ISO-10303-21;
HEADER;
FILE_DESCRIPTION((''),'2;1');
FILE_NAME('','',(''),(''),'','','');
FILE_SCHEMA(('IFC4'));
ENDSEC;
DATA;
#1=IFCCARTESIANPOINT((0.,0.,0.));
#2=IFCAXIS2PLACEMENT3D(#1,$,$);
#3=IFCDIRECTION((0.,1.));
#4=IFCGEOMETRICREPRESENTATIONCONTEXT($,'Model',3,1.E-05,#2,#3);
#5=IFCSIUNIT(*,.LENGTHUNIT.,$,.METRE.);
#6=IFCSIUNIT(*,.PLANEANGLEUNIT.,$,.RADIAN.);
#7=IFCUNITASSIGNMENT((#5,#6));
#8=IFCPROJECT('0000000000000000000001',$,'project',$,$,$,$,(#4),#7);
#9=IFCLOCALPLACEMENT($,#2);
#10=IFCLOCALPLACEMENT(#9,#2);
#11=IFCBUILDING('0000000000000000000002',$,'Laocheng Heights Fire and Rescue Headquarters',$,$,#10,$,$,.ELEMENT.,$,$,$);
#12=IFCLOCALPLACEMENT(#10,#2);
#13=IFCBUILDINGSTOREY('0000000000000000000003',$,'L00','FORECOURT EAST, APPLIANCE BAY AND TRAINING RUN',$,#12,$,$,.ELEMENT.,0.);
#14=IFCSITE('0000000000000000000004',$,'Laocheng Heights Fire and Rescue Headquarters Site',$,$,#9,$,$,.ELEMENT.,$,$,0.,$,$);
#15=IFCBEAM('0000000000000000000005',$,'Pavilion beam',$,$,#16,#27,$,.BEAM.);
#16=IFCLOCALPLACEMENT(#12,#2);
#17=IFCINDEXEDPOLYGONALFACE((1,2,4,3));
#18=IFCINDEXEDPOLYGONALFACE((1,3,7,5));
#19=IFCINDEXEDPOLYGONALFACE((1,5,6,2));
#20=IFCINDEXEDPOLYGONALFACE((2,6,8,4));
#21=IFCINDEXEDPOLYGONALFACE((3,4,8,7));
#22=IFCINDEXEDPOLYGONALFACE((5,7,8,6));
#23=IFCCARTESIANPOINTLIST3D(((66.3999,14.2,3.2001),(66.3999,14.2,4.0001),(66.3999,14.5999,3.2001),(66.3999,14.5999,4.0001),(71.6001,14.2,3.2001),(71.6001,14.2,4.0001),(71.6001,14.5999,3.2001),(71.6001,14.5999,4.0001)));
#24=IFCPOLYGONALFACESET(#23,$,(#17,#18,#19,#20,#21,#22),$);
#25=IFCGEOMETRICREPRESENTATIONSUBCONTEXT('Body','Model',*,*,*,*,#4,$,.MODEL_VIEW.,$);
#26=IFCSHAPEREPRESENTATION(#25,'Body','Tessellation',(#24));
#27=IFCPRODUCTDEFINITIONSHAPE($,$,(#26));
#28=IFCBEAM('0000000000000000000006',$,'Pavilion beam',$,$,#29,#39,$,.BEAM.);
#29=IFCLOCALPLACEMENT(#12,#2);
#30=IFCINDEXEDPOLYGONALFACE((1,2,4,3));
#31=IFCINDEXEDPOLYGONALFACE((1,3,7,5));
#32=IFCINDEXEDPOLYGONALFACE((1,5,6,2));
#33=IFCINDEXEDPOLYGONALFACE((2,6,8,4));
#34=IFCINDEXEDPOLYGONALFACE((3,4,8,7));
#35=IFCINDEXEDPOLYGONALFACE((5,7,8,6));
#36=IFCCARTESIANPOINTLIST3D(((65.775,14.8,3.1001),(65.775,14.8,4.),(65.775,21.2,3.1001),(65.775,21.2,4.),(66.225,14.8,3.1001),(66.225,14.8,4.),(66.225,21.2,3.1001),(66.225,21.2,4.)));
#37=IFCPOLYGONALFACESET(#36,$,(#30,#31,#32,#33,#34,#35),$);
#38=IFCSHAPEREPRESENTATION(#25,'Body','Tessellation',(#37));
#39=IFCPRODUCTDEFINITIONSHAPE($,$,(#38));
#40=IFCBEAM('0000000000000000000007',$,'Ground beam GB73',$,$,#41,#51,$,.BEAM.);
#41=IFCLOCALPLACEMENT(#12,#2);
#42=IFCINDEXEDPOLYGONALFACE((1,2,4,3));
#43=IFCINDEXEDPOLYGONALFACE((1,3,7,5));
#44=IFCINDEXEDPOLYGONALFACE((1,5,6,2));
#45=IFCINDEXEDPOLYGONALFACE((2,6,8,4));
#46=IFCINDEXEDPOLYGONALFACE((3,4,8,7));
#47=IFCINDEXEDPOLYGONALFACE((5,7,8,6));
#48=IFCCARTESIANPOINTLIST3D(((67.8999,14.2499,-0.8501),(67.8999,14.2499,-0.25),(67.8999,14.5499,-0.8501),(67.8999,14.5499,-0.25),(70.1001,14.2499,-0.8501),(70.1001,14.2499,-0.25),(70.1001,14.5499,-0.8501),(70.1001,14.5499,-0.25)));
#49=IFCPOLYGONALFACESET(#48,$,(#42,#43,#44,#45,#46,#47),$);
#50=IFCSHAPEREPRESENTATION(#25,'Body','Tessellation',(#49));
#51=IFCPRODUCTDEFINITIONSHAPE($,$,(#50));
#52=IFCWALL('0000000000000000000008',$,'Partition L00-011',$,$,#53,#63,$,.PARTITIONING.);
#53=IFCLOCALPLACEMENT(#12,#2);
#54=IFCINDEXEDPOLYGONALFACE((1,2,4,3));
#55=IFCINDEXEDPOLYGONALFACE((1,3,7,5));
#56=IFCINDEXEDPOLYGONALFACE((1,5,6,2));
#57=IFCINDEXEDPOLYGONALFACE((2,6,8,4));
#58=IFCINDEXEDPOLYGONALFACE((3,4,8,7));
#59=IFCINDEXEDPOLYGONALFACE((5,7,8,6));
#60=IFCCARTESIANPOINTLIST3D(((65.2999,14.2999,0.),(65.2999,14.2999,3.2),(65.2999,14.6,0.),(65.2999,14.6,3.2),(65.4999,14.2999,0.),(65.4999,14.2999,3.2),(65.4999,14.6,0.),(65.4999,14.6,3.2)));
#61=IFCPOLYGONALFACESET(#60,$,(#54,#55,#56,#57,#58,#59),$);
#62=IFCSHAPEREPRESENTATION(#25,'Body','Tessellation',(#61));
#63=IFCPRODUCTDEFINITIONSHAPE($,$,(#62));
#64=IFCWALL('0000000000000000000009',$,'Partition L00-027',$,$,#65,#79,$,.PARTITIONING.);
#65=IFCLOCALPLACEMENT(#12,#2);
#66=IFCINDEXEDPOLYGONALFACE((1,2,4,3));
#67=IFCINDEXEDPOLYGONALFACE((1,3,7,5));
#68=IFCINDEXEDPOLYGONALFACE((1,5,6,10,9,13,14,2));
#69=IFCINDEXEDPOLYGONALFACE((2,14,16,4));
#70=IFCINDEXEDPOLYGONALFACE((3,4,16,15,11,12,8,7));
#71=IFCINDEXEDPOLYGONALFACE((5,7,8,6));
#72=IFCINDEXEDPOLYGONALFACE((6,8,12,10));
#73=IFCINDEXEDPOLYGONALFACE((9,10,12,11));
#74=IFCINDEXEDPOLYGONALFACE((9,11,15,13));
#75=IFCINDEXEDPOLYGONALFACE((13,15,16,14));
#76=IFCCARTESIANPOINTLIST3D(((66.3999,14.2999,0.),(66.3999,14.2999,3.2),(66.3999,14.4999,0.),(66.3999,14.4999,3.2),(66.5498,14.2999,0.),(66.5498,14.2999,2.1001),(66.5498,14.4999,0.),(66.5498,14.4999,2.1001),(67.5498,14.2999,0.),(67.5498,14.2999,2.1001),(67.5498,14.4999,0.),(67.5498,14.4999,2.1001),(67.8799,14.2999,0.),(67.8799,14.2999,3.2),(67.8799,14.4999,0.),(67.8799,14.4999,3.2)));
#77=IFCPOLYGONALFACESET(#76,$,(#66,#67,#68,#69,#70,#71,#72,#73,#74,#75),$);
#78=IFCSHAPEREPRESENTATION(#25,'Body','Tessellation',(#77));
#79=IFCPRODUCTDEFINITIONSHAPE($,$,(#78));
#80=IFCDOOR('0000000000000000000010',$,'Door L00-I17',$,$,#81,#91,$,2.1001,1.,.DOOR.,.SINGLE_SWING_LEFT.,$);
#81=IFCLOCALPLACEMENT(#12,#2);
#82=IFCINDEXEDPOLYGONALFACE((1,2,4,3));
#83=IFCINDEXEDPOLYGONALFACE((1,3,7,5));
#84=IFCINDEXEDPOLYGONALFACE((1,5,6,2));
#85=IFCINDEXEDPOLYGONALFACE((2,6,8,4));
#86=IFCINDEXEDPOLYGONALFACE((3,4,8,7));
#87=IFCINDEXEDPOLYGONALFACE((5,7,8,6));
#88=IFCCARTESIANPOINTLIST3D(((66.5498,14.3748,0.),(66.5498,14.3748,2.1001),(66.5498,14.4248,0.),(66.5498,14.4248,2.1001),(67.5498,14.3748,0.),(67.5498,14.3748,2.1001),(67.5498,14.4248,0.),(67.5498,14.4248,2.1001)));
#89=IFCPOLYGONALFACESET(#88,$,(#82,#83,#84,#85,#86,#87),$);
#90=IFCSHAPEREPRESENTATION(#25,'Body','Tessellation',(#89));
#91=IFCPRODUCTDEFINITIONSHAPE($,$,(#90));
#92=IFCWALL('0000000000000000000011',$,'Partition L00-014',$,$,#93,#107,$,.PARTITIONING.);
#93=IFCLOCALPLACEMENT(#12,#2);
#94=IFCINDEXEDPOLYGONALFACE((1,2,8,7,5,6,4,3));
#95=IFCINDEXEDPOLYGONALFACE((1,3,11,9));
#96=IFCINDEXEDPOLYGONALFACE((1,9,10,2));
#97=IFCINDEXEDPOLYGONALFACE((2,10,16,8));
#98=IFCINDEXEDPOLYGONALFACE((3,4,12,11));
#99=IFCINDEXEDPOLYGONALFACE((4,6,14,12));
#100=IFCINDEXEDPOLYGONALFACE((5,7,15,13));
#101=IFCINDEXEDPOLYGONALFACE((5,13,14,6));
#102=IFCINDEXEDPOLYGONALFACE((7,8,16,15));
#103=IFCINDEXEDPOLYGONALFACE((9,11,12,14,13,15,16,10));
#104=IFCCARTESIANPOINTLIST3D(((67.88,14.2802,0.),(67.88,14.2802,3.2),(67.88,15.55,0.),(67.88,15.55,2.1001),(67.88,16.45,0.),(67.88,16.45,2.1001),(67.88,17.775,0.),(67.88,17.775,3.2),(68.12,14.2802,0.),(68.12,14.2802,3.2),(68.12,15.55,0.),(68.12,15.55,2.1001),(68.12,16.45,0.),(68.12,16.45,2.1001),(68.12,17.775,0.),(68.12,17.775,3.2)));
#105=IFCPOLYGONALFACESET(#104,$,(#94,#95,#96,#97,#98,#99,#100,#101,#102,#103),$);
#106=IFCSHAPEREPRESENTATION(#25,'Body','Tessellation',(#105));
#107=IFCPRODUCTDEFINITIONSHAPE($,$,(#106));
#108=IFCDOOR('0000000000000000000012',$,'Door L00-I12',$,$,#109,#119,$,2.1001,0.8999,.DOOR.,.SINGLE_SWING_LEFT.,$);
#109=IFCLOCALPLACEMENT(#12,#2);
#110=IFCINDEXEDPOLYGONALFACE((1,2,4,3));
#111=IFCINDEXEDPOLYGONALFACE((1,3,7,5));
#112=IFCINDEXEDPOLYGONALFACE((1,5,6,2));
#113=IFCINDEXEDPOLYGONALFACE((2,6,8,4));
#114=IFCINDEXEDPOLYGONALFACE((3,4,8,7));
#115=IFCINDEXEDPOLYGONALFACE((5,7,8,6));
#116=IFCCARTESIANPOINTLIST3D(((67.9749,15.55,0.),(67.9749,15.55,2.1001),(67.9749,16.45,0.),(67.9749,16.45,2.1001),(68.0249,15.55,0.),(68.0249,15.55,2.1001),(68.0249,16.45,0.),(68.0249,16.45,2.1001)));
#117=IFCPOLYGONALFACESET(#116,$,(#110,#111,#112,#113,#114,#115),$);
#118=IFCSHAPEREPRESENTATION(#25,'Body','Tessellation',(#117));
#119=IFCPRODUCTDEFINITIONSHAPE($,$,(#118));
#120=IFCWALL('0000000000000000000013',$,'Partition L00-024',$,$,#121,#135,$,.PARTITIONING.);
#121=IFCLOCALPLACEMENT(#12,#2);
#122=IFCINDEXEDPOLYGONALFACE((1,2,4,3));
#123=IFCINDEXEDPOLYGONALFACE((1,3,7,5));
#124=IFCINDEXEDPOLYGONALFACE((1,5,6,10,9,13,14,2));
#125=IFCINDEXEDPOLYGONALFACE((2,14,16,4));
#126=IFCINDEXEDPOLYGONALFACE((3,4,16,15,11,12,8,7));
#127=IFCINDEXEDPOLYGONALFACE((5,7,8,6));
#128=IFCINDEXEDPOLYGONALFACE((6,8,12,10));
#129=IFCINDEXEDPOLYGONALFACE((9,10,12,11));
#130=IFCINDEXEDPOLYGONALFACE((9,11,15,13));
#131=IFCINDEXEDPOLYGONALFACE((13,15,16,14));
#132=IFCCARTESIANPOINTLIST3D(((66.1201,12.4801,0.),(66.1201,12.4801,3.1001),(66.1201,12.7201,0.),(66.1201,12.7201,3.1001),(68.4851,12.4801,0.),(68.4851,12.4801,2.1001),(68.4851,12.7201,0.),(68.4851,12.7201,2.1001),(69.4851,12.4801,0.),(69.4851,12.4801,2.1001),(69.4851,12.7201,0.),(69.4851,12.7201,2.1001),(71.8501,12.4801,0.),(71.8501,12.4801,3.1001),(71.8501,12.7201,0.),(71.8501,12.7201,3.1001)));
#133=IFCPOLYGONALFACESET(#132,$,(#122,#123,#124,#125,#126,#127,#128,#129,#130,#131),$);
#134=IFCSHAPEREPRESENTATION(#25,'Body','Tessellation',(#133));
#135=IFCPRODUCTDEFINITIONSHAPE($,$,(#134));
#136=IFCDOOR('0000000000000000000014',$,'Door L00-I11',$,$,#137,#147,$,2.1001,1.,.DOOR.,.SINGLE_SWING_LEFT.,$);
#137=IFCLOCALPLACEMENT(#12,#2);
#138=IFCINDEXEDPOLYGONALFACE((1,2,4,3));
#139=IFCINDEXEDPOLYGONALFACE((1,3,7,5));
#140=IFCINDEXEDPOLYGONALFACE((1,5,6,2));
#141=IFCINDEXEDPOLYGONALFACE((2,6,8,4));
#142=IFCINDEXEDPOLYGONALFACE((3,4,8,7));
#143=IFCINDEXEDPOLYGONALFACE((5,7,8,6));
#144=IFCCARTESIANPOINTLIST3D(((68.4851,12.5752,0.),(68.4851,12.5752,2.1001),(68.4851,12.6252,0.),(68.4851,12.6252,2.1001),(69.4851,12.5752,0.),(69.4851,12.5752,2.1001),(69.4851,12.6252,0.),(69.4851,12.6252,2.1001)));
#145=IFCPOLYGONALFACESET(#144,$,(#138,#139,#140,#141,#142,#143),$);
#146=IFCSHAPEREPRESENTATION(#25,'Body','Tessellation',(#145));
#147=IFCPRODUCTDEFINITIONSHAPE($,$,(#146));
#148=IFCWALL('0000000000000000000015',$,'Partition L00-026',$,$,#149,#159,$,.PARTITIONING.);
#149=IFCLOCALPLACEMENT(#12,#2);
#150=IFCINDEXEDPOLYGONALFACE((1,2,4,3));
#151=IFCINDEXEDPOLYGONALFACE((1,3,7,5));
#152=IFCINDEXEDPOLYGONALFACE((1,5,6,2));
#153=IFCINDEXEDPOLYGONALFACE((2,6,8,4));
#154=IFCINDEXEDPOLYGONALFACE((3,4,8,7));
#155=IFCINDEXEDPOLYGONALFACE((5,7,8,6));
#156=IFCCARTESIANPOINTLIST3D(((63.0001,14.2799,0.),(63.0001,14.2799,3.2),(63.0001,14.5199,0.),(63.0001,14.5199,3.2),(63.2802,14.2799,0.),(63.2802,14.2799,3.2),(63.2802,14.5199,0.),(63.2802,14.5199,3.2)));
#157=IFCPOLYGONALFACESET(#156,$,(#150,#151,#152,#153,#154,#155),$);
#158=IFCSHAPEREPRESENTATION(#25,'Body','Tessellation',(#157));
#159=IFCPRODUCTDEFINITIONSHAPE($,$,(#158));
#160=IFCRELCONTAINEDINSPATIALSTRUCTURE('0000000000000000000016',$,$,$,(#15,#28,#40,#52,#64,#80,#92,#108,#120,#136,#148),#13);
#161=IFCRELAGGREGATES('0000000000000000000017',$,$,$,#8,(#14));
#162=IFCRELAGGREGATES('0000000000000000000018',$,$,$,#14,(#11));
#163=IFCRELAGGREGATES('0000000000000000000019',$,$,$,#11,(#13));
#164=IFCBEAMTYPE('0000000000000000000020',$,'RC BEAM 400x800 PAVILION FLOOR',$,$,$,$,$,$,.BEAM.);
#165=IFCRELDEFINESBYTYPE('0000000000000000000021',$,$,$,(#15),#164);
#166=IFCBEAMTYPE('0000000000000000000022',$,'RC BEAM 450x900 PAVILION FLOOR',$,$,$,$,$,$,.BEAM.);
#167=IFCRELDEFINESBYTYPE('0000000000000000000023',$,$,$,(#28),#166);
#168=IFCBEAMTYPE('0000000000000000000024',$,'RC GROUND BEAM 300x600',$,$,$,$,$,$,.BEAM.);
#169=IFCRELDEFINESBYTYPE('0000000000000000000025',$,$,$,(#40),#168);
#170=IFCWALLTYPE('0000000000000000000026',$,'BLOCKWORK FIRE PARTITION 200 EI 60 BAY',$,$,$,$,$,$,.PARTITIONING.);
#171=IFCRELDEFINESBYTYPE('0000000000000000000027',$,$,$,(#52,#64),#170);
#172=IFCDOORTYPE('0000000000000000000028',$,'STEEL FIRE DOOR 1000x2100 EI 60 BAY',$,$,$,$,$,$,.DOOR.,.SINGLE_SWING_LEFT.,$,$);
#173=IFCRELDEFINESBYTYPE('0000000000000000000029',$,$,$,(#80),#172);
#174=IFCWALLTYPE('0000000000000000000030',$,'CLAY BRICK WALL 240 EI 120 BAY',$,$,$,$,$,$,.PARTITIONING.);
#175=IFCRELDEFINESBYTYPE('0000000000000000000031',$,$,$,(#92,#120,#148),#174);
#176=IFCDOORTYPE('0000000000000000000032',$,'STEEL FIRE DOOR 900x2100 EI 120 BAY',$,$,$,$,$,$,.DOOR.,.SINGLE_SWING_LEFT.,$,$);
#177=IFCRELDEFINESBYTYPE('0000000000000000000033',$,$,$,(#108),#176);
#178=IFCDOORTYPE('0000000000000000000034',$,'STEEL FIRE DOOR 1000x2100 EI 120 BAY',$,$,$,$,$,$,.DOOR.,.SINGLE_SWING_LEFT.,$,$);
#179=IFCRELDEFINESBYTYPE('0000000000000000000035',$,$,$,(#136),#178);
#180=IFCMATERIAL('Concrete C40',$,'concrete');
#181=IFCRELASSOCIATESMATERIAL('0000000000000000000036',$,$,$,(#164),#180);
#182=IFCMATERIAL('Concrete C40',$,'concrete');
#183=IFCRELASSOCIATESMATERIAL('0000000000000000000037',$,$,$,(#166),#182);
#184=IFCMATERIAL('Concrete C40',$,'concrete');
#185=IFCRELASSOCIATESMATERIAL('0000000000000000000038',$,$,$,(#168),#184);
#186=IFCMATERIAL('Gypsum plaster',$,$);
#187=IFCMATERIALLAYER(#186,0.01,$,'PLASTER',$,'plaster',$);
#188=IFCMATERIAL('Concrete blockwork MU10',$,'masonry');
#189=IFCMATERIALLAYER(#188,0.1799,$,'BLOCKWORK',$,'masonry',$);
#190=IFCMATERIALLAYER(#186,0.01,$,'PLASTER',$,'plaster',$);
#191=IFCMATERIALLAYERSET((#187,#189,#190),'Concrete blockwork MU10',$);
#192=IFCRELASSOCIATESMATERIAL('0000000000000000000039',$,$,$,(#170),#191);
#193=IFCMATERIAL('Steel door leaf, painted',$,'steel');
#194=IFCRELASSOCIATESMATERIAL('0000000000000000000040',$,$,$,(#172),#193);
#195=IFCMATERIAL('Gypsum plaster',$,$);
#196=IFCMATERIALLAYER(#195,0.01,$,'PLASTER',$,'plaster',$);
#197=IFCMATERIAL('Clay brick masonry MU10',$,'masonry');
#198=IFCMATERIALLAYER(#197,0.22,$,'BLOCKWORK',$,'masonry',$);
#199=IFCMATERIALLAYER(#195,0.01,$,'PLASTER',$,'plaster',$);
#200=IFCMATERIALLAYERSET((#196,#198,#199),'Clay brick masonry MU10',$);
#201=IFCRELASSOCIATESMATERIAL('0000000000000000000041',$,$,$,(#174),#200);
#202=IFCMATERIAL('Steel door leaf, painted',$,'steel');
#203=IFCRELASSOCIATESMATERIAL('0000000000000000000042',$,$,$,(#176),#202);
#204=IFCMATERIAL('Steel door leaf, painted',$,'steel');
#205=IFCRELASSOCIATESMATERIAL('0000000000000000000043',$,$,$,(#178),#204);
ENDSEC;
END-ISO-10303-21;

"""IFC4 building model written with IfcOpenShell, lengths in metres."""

from ifc_helpers import new_model, si_unit, direction, frame, frame_2d, origin, origin_2d, place, context, subcontext, project, spatial, rectangle, extrude, material, layer, layer_set, material_profile, profile_set, type_object, element, fill, save


model = new_model("IFC4")

# Units and contexts
model_context = context("Model", 3, precision=1e-05, world=origin(), true_north=direction((0.0, 1.0)))
body_context = subcontext(model_context, "Body", "Model", "MODEL_VIEW")
ifc_project = project(units=[si_unit("LENGTHUNIT", "METRE"), si_unit("PLANEANGLEUNIT", "RADIAN")], contexts=[model_context])

# Site, building, storey
site_placement = place(None, origin())
site = spatial("IfcSite", under=ifc_project, at=site_placement, Name="Laocheng Heights Fire and Rescue Headquarters Site", CompositionType="ELEMENT", RefElevation=0.0)
building_placement = place(site_placement, origin())
building = spatial("IfcBuilding", under=site, at=building_placement, Name="Laocheng Heights Fire and Rescue Headquarters", CompositionType="ELEMENT")
storey_placement = place(building_placement, origin())
storey = spatial("IfcBuildingStorey", under=building, at=storey_placement, Name="L00", Description="FORECOURT EAST, APPLIANCE BAY AND TRAINING RUN", CompositionType="ELEMENT", Elevation=0.0)

# Beams
ifc_material_1 = material(Name="Concrete C40", Category="concrete")
ifc_material_profile_1 = material_profile(ifc_material_1, rectangle(XDim=0.3999, YDim=0.8, at=origin_2d()), Name="RC BEAM 400x800 PAVILION FLOOR")
ifc_profile_set_1 = profile_set([ifc_material_profile_1], Name="Concrete C40")
beam_type_1 = type_object("IfcBeamType", Name="RC BEAM 400x800 PAVILION FLOOR", PredefinedType="BEAM", material=ifc_profile_set_1)
beam_1_placement = place(storey_placement, frame((66.3999, 14.3999, 3.6001), z_axis=(1.0, 0.0, 0.0), x_axis=(0.0, 1.0, 0.0)))
element("IfcBeam", 1, at=beam_1_placement, inside=storey, type_object=beam_type_1, Name="Pavilion beam", PredefinedType="BEAM", context=body_context, shape_type="SweptSolid", body=[
    extrude(rectangle(XDim=0.3999, YDim=0.8, at=origin_2d()), origin(), (0.0, 0.0, 1.0), 5.2002),
])
ifc_material_2 = material(Name="Concrete C40", Category="concrete")
ifc_material_profile_2 = material_profile(ifc_material_2, rectangle(XDim=0.45, YDim=0.8999, at=origin_2d()), Name="RC BEAM 450x900 PAVILION FLOOR")
ifc_profile_set_2 = profile_set([ifc_material_profile_2], Name="Concrete C40")
beam_type_2 = type_object("IfcBeamType", Name="RC BEAM 450x900 PAVILION FLOOR", PredefinedType="BEAM", material=ifc_profile_set_2)
beam_2_placement = place(storey_placement, frame((66.0, 14.8, 3.55), z_axis=(0.0, 1.0, 0.0), x_axis=(-1.0, 0.0, 0.0)))
element("IfcBeam", 2, at=beam_2_placement, inside=storey, type_object=beam_type_2, Name="Pavilion beam", PredefinedType="BEAM", context=body_context, shape_type="SweptSolid", body=[
    extrude(rectangle(XDim=0.45, YDim=0.8999, at=origin_2d()), origin(), (0.0, 0.0, 1.0), 6.3999),
])
ifc_material_3 = material(Name="Concrete C40", Category="concrete")
ifc_material_profile_3 = material_profile(ifc_material_3, rectangle(XDim=0.3, YDim=0.6001, at=origin_2d()), Name="RC GROUND BEAM 300x600")
ifc_profile_set_3 = profile_set([ifc_material_profile_3], Name="Concrete C40")
beam_type_3 = type_object("IfcBeamType", Name="RC GROUND BEAM 300x600", PredefinedType="BEAM", material=ifc_profile_set_3)
beam_3_placement = place(storey_placement, frame((67.8999, 14.3999, -0.55), z_axis=(1.0, 0.0, 0.0), x_axis=(0.0, 1.0, 0.0)))
element("IfcBeam", 3, at=beam_3_placement, inside=storey, type_object=beam_type_3, Name="Ground beam GB73", PredefinedType="BEAM", context=body_context, shape_type="SweptSolid", body=[
    extrude(rectangle(XDim=0.3, YDim=0.6001, at=origin_2d()), origin(), (0.0, 0.0, 1.0), 2.2002),
])

# Wall
ifc_material_4 = material(Name="Gypsum plaster")
ifc_layer_1 = layer(ifc_material_4, 0.01, Name="PLASTER", Category="plaster")
ifc_material_5 = material(Name="Concrete blockwork MU10", Category="masonry")
ifc_layer_2 = layer(ifc_material_5, 0.1799, Name="BLOCKWORK", Category="masonry")
ifc_layer_3 = layer(ifc_material_4, 0.01, Name="PLASTER", Category="plaster")
ifc_layer_set_1 = layer_set([ifc_layer_1, ifc_layer_2, ifc_layer_3], Name="Concrete blockwork MU10")
wall_type_1 = type_object("IfcWallType", Name="BLOCKWORK FIRE PARTITION 200 EI 60 BAY", PredefinedType="PARTITIONING", material=ifc_layer_set_1)
wall_1_placement = place(storey_placement, frame((65.3999, 14.3, 0.0), z_axis=(0.0, 0.0, 1.0), x_axis=(0.0, 1.0, 0.0)))
element("IfcWall", 4, at=wall_1_placement, inside=storey, type_object=wall_type_1, Name="Partition L00-011", PredefinedType="PARTITIONING", context=body_context, shape_type="SweptSolid", body=[
    extrude(rectangle(XDim=0.3, YDim=0.2, at=frame_2d((0.1499, 0.0))), origin(), (0.0, 0.0, 1.0), 3.2),
])

# Wall, opening, door
wall_2_placement = place(storey_placement, frame((66.3999, 14.3999, 0.0), z_axis=(0.0, 0.0, 1.0), x_axis=(1.0, 0.0, 0.0)))
wall_2 = element("IfcWall", 5, at=wall_2_placement, inside=storey, type_object=wall_type_1, Name="Partition L00-027", PredefinedType="PARTITIONING", context=body_context, shape_type="SweptSolid", body=[
    extrude(rectangle(XDim=1.48, YDim=0.2, at=frame_2d((0.74, 0.0))), origin(), (0.0, 0.0, 1.0), 3.2),
])
opening_1_placement = place(wall_2_placement, frame((0.1499, 0.0, 0.0)))
opening_1 = element("IfcOpeningElement", 6, at=opening_1_placement, cuts=wall_2, PredefinedType="OPENING", context=body_context, shape_type="SweptSolid", body=[
    extrude(rectangle(XDim=1.0, YDim=2.1001, at=frame_2d((0.5, 1.05))), frame((0.0, 0.1099, 0.0), z_axis=(0.0, -1.0, 0.0), x_axis=(1.0, 0.0, 0.0)), (0.0, 0.0, 1.0), 0.22),
])
ifc_material_6 = material(Name="Steel door leaf, painted", Category="steel")
door_type_1 = type_object("IfcDoorType", Name="STEEL FIRE DOOR 1000x2100 EI 60 BAY", OperationType="SINGLE_SWING_LEFT", PredefinedType="DOOR", material=ifc_material_6)
door_1_placement = place(opening_1_placement, origin())
door_1 = element("IfcDoor", 7, at=door_1_placement, inside=storey, type_object=door_type_1, Name="Door L00-I17", OperationType="SINGLE_SWING_LEFT", OverallHeight=2.1001, OverallWidth=1.0, PredefinedType="DOOR", context=body_context, shape_type="SweptSolid", body=[
    extrude(rectangle(XDim=1.0, YDim=2.1001, at=frame_2d((0.5, 1.05))), frame((0.0, 0.0249, 0.0), z_axis=(0.0, -1.0, 0.0), x_axis=(1.0, 0.0, 0.0)), (0.0, 0.0, 1.0), 0.05),
])
fill(opening_1, door_1)

# Shared definitions
ifc_material_7 = material(Name="Gypsum plaster")
ifc_layer_4 = layer(ifc_material_7, 0.01, Name="PLASTER", Category="plaster")
ifc_material_8 = material(Name="Clay brick masonry MU10", Category="masonry")
ifc_layer_5 = layer(ifc_material_8, 0.22, Name="BLOCKWORK", Category="masonry")
ifc_layer_6 = layer(ifc_material_7, 0.01, Name="PLASTER", Category="plaster")
ifc_layer_set_2 = layer_set([ifc_layer_4, ifc_layer_5, ifc_layer_6], Name="Clay brick masonry MU10")
wall_type_2 = type_object("IfcWallType", Name="CLAY BRICK WALL 240 EI 120 BAY", PredefinedType="PARTITIONING", material=ifc_layer_set_2)

# Walls, openings, doors
wall_3_placement = place(storey_placement, frame((68.0, 14.28, 0.0), z_axis=(0.0, 0.0, 1.0), x_axis=(0.0, 1.0, 0.0)))
wall_3 = element("IfcWall", 8, at=wall_3_placement, inside=storey, type_object=wall_type_2, Name="Partition L00-014", PredefinedType="PARTITIONING", context=body_context, shape_type="SweptSolid", body=[
    extrude(rectangle(XDim=3.4949, YDim=0.24, at=frame_2d((1.7476, 0.0))), origin(), (0.0, 0.0, 1.0), 3.2),
])
opening_2_placement = place(wall_3_placement, frame((1.27, 0.0, 0.0)))
opening_2 = element("IfcOpeningElement", 9, at=opening_2_placement, cuts=wall_3, PredefinedType="OPENING", context=body_context, shape_type="SweptSolid", body=[
    extrude(rectangle(XDim=0.8999, YDim=2.1001, at=frame_2d((0.45, 1.05))), frame((0.0, 0.1299, 0.0), z_axis=(0.0, -1.0, 0.0), x_axis=(1.0, 0.0, 0.0)), (0.0, 0.0, 1.0), 0.26),
])
ifc_material_9 = material(Name="Steel door leaf, painted", Category="steel")
door_type_2 = type_object("IfcDoorType", Name="STEEL FIRE DOOR 900x2100 EI 120 BAY", OperationType="SINGLE_SWING_LEFT", PredefinedType="DOOR", material=ifc_material_9)
door_2_placement = place(opening_2_placement, frame((0.8999, 0.0, 0.0), z_axis=(0.0, 0.0, 1.0), x_axis=(-1.0, 0.0, 0.0)))
door_2 = element("IfcDoor", 10, at=door_2_placement, inside=storey, type_object=door_type_2, Name="Door L00-I12", OperationType="SINGLE_SWING_LEFT", OverallHeight=2.1001, OverallWidth=0.8999, PredefinedType="DOOR", context=body_context, shape_type="SweptSolid", body=[
    extrude(rectangle(XDim=0.8999, YDim=2.1001, at=frame_2d((0.45, 1.05))), frame((0.0, 0.0249, 0.0), z_axis=(0.0, -1.0, 0.0), x_axis=(1.0, 0.0, 0.0)), (0.0, 0.0, 1.0), 0.05),
])
fill(opening_2, door_2)
wall_4_placement = place(storey_placement, frame((66.1201, 12.6001, 0.0), z_axis=(0.0, 0.0, 1.0), x_axis=(1.0, 0.0, 0.0)))
wall_4 = element("IfcWall", 11, at=wall_4_placement, inside=storey, type_object=wall_type_2, Name="Partition L00-024", PredefinedType="PARTITIONING", context=body_context, shape_type="SweptSolid", body=[
    extrude(rectangle(XDim=5.73, YDim=0.24, at=frame_2d((2.865, 0.0))), origin(), (0.0, 0.0, 1.0), 3.1001),
])
opening_3_placement = place(wall_4_placement, frame((2.365, 0.0, 0.0)))
opening_3 = element("IfcOpeningElement", 12, at=opening_3_placement, cuts=wall_4, PredefinedType="OPENING", context=body_context, shape_type="SweptSolid", body=[
    extrude(rectangle(XDim=1.0, YDim=2.1001, at=frame_2d((0.5, 1.05))), frame((0.0, 0.1299, 0.0), z_axis=(0.0, -1.0, 0.0), x_axis=(1.0, 0.0, 0.0)), (0.0, 0.0, 1.0), 0.26),
])
ifc_material_10 = material(Name="Steel door leaf, painted", Category="steel")
door_type_3 = type_object("IfcDoorType", Name="STEEL FIRE DOOR 1000x2100 EI 120 BAY", OperationType="SINGLE_SWING_LEFT", PredefinedType="DOOR", material=ifc_material_10)
door_3_placement = place(opening_3_placement, frame((1.0, 0.0, 0.0), z_axis=(0.0, 0.0, 1.0), x_axis=(-1.0, 0.0, 0.0)))
door_3 = element("IfcDoor", 13, at=door_3_placement, inside=storey, type_object=door_type_3, Name="Door L00-I11", OperationType="SINGLE_SWING_LEFT", OverallHeight=2.1001, OverallWidth=1.0, PredefinedType="DOOR", context=body_context, shape_type="SweptSolid", body=[
    extrude(rectangle(XDim=1.0, YDim=2.1001, at=frame_2d((0.5, 1.05))), frame((0.0, 0.0249, 0.0), z_axis=(0.0, -1.0, 0.0), x_axis=(1.0, 0.0, 0.0)), (0.0, 0.0, 1.0), 0.05),
])
fill(opening_3, door_3)

# Wall
wall_5_placement = place(storey_placement, frame((63.0, 14.3999, 0.0), z_axis=(0.0, 0.0, 1.0), x_axis=(1.0, 0.0, 0.0)))
element("IfcWall", 14, at=wall_5_placement, inside=storey, type_object=wall_type_2, Name="Partition L00-026", PredefinedType="PARTITIONING", context=body_context, shape_type="SweptSolid", body=[
    extrude(rectangle(XDim=0.28, YDim=0.24, at=frame_2d((0.1401, 0.0))), origin(), (0.0, 0.0, 1.0), 3.2),
])

save(model, "model.ifc")
